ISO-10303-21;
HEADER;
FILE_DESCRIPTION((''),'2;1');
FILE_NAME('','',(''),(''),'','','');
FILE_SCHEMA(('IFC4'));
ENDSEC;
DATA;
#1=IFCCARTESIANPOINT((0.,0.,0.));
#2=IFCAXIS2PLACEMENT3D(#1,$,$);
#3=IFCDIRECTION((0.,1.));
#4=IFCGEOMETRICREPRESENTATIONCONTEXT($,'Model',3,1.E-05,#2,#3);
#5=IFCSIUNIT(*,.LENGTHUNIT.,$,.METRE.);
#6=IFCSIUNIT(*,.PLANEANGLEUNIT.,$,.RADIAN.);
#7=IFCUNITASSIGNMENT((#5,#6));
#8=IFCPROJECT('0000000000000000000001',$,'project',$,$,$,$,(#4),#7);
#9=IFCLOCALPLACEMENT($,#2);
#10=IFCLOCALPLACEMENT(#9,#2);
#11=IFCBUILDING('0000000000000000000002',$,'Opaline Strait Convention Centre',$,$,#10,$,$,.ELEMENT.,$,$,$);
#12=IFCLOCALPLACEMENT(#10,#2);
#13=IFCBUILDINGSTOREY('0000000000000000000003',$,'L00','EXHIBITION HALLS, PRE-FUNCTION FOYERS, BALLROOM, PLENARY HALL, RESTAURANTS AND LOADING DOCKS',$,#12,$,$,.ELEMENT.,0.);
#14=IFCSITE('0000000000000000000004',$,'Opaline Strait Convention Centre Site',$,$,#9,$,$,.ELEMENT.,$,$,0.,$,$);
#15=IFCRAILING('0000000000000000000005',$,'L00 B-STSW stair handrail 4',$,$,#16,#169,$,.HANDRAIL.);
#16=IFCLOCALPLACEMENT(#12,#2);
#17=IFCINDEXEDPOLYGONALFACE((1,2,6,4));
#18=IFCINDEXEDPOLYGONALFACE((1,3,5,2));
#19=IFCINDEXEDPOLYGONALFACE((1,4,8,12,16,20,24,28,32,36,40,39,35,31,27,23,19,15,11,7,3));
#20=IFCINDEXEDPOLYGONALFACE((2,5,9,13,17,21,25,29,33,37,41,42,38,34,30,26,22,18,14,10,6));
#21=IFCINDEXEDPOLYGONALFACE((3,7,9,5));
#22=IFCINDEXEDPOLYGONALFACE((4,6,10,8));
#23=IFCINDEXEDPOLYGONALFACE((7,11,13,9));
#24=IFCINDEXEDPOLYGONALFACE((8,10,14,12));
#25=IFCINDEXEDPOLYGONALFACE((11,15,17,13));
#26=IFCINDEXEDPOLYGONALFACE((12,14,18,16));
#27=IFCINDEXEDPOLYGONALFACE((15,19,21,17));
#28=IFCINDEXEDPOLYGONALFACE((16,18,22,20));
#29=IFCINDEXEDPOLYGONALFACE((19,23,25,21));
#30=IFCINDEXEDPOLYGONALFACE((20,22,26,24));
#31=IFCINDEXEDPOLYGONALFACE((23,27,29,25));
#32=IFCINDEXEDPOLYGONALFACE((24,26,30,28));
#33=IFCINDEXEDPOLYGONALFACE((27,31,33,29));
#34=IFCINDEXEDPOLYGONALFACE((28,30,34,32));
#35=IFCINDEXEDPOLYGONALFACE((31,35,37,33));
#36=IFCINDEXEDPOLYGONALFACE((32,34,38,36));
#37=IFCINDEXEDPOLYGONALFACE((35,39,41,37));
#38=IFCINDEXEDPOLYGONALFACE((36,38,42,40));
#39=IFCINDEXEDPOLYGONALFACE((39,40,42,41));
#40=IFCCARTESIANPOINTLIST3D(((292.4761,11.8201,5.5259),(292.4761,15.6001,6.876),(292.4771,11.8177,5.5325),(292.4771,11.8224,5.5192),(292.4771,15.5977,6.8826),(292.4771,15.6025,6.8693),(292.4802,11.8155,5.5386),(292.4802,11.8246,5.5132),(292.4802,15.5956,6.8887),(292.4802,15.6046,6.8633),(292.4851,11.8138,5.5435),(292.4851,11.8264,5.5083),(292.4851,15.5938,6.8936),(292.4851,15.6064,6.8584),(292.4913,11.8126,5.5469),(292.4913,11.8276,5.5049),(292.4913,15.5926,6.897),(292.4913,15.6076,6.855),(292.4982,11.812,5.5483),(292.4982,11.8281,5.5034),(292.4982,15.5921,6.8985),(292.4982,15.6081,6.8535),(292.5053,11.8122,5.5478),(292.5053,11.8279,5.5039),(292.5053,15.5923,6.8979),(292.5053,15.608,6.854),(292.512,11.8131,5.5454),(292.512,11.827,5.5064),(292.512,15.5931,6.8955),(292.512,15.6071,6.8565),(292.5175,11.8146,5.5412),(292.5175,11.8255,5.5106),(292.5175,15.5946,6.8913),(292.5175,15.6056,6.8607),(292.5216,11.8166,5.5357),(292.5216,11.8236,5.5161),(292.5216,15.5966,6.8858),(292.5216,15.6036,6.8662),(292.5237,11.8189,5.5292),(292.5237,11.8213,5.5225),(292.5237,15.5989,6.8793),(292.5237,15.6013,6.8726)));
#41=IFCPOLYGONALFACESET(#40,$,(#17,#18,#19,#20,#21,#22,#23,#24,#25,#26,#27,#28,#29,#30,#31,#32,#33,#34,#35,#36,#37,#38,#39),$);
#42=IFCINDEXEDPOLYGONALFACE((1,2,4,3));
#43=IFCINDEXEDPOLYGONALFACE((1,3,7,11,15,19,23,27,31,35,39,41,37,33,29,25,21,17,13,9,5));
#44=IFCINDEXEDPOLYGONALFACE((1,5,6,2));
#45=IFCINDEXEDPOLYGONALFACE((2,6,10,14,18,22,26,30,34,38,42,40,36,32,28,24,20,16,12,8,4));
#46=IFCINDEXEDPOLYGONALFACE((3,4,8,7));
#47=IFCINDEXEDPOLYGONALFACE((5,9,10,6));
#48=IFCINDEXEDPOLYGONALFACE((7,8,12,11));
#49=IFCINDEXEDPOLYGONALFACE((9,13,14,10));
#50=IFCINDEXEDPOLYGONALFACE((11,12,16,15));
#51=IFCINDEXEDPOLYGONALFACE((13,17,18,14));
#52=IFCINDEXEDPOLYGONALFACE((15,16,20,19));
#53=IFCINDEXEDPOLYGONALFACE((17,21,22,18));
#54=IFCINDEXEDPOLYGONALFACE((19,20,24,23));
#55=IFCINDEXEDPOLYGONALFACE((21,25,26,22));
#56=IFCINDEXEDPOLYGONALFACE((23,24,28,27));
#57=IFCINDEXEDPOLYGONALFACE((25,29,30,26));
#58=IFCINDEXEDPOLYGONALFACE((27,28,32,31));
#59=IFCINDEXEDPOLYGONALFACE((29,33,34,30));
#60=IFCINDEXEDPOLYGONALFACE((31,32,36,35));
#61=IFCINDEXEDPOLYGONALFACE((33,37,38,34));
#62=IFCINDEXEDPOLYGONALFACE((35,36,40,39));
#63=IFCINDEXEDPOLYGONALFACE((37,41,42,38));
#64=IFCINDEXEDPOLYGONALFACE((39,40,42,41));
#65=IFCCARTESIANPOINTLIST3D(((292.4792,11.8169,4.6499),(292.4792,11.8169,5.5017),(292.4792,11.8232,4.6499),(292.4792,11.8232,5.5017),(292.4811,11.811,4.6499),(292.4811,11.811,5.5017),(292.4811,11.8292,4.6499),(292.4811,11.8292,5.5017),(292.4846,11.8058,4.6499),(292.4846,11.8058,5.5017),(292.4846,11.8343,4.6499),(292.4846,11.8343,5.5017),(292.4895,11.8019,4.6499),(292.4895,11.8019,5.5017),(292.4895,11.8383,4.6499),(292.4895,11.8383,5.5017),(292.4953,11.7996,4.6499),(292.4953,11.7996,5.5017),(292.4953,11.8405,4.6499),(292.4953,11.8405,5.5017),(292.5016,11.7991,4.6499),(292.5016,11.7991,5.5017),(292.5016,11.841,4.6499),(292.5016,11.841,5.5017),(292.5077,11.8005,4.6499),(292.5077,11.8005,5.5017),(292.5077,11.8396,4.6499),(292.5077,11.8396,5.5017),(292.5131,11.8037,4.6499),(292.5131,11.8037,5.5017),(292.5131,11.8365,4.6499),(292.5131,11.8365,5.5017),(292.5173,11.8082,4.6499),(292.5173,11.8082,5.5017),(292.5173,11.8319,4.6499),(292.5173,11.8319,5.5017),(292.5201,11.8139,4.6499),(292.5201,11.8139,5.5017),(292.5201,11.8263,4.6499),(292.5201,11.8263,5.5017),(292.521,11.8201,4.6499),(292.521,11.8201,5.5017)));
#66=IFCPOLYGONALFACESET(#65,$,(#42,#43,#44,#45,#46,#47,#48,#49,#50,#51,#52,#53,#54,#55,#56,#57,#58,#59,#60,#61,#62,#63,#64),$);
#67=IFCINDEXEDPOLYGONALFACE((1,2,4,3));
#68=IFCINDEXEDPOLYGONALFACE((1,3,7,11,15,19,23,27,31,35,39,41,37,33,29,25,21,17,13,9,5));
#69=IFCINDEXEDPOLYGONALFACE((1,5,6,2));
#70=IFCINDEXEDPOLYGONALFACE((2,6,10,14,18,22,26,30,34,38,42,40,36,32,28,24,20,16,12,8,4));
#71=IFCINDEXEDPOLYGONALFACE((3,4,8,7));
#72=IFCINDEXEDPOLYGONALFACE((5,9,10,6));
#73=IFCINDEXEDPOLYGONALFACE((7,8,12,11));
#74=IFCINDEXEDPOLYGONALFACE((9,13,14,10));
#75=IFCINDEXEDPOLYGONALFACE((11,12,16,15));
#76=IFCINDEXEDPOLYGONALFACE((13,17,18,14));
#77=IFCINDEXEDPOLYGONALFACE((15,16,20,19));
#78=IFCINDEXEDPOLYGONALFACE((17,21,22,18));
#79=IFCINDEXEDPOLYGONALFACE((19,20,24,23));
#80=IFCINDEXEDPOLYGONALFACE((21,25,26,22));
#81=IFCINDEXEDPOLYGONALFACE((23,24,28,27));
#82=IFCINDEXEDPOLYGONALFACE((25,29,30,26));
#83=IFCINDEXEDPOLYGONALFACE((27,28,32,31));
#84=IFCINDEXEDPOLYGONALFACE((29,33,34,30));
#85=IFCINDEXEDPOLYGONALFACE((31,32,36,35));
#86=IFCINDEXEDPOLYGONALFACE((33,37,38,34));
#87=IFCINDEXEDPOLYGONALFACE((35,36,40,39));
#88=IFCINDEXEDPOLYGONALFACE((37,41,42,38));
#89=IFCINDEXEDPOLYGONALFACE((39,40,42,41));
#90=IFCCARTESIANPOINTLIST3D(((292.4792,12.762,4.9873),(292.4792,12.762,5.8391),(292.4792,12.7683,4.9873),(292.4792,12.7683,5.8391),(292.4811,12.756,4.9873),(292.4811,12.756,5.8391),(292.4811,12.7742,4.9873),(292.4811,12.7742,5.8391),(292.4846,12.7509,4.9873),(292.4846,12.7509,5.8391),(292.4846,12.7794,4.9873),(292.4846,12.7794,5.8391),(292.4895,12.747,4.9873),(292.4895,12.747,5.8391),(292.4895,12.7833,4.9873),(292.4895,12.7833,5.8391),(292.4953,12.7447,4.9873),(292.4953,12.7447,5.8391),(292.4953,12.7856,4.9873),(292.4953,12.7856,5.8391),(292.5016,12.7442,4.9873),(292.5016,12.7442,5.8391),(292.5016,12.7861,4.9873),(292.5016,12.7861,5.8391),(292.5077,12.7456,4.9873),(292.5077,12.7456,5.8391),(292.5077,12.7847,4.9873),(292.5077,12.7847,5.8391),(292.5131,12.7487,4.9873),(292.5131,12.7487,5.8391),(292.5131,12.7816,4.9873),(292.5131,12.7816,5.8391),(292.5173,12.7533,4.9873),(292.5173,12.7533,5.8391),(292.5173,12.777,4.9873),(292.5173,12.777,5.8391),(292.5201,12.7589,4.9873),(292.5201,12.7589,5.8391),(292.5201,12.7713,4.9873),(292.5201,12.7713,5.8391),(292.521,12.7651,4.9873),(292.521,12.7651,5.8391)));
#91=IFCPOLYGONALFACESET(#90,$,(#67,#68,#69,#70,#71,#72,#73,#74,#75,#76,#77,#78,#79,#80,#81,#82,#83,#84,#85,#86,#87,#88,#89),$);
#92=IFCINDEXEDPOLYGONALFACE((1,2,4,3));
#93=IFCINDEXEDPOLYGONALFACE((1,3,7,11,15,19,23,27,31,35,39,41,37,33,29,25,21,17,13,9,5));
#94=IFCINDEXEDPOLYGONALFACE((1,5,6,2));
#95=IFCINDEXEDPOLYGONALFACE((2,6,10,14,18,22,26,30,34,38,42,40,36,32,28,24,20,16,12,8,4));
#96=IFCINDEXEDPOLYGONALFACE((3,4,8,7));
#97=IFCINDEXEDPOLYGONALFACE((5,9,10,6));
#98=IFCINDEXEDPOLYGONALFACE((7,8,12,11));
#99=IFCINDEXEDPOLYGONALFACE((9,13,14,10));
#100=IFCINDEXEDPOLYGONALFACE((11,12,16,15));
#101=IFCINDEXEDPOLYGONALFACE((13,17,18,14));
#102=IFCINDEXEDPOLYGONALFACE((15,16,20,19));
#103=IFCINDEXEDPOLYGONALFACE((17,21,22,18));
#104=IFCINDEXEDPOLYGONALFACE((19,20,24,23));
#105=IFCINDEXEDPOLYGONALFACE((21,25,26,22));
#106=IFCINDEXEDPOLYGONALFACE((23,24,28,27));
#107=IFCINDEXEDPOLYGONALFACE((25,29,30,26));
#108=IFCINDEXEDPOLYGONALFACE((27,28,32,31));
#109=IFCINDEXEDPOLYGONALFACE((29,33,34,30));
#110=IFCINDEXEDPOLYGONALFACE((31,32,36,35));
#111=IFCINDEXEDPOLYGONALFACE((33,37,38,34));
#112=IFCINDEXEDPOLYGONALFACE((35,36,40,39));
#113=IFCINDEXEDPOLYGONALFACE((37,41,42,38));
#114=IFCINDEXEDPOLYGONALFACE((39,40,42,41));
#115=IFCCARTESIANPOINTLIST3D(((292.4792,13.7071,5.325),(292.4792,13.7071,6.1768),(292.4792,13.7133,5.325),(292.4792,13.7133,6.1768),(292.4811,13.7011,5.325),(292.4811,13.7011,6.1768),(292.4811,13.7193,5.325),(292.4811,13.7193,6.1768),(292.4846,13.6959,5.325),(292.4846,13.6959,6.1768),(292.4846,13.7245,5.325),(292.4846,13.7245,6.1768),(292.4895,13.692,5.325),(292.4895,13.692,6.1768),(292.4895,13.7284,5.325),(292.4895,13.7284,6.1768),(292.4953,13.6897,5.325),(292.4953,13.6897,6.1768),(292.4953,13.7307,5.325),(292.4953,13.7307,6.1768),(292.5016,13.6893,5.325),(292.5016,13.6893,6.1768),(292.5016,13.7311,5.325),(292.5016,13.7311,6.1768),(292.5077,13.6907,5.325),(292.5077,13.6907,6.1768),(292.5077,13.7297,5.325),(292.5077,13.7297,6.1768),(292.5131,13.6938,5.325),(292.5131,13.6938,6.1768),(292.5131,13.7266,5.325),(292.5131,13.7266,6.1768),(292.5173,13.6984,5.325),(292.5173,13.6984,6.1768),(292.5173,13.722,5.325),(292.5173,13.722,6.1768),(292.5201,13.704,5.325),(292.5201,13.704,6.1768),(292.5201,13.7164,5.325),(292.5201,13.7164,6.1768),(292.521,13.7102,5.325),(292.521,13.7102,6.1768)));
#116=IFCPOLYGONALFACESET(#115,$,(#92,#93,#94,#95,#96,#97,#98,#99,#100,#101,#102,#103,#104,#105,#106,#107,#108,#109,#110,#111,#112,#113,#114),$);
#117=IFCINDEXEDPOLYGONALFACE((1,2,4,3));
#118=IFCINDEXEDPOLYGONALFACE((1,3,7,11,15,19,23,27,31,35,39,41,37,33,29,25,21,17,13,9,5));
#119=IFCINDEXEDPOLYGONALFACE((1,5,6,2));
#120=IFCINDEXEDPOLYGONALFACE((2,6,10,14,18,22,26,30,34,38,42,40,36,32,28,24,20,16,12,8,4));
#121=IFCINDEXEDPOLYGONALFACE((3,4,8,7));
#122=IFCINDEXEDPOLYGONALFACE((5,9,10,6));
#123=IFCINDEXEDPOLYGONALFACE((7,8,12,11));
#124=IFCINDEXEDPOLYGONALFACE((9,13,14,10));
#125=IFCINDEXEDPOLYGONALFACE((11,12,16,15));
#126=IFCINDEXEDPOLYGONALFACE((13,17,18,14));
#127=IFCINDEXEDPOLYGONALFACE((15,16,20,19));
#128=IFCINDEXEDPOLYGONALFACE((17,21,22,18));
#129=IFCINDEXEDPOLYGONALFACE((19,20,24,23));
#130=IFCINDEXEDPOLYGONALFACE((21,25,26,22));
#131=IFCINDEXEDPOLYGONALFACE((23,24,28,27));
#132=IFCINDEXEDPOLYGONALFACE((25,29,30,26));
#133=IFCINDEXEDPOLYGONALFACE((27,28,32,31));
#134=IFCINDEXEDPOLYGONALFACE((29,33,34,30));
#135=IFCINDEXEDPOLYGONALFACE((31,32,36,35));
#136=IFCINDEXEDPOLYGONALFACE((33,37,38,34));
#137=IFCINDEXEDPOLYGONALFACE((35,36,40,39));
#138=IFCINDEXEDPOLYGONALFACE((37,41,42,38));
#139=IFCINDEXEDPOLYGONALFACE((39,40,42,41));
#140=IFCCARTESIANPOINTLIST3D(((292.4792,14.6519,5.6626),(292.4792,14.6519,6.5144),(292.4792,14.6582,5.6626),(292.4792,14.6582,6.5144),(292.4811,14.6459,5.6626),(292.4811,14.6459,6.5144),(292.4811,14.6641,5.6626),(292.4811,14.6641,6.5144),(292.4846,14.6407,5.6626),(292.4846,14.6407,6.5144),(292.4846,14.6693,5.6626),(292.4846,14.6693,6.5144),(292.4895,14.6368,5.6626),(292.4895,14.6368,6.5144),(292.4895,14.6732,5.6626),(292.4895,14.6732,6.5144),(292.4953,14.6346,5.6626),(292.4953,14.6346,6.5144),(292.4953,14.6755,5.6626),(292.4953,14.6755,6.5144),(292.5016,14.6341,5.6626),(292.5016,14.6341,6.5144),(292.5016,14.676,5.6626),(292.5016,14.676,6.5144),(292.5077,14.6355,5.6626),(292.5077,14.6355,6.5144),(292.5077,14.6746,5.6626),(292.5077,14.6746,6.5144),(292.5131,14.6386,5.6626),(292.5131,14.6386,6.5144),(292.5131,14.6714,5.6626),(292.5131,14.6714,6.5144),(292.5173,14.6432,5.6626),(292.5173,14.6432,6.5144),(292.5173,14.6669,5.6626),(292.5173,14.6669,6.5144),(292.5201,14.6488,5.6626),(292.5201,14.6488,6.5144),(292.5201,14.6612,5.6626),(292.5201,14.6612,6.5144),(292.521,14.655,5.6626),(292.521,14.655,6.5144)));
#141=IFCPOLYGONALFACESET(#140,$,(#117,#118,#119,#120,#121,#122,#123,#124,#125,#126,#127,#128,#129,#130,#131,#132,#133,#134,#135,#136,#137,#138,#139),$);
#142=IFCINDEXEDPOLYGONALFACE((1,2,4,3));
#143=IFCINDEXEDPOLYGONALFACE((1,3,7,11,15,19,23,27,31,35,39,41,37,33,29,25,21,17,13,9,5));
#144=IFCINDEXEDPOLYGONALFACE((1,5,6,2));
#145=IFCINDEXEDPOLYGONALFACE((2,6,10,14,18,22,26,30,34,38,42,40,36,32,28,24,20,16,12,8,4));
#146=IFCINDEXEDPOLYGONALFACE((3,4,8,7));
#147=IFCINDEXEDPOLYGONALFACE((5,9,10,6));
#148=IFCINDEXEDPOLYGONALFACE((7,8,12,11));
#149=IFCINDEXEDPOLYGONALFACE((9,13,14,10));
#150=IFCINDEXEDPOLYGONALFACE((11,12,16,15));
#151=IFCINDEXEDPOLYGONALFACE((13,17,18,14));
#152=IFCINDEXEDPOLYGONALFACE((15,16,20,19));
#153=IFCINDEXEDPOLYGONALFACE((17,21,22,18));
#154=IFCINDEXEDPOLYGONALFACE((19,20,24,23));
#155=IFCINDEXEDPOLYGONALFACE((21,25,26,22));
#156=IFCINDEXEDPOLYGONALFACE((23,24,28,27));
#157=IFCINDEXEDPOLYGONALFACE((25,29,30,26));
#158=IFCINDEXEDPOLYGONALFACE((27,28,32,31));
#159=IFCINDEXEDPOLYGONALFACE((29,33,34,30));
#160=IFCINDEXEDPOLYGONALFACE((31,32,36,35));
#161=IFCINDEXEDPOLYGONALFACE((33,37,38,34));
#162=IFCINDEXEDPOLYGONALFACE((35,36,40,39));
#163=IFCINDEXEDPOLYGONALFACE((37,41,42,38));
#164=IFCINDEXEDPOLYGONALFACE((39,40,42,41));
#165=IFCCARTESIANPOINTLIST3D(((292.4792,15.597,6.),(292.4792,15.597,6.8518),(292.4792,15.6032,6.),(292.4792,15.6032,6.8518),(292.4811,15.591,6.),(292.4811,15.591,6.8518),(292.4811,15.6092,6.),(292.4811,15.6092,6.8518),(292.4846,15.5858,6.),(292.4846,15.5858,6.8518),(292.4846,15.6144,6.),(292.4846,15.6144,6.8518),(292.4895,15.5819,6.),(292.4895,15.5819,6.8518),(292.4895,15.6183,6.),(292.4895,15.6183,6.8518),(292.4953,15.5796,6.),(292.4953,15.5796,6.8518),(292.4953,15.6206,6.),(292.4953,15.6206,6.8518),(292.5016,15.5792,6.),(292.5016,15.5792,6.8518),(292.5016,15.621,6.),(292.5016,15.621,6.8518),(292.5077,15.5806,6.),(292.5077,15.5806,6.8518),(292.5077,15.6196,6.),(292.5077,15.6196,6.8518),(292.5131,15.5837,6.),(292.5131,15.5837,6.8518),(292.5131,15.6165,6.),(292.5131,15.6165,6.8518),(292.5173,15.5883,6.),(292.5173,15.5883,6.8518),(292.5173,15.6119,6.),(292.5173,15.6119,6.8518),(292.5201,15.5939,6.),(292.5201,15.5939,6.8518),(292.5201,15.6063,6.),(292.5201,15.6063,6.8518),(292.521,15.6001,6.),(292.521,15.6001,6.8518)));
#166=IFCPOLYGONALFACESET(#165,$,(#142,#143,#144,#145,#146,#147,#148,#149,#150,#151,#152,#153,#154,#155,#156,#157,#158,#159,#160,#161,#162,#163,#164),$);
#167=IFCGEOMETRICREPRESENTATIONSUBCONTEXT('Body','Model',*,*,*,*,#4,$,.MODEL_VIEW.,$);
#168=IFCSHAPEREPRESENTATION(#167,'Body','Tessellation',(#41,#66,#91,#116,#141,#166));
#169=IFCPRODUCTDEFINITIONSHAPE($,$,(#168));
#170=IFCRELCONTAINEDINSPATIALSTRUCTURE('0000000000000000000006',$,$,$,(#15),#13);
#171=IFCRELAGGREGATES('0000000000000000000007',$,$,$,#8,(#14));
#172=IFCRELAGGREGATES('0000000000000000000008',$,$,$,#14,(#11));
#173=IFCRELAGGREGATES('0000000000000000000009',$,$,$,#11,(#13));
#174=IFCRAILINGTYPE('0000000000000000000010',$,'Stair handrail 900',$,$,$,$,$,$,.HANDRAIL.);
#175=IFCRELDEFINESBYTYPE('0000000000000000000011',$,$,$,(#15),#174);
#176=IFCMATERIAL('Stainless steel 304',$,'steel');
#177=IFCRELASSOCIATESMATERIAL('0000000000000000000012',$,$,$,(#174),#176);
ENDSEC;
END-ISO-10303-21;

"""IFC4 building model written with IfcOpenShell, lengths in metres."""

from ifc_helpers import new_model, si_unit, direction, frame, origin, origin_2d, place, context, subcontext, project, spatial, circle, extrude, material, type_object, element, save


model = new_model("IFC4")

# Units and contexts
model_context = context("Model", 3, precision=1e-05, world=origin(), true_north=direction((0.0, 1.0)))
body_context = subcontext(model_context, "Body", "Model", "MODEL_VIEW")
ifc_project = project(units=[si_unit("LENGTHUNIT", "METRE"), si_unit("PLANEANGLEUNIT", "RADIAN")], contexts=[model_context])

# Site, building, storey
site_placement = place(None, origin())
site = spatial("IfcSite", under=ifc_project, at=site_placement, Name="Opaline Strait Convention Centre Site", CompositionType="ELEMENT", RefElevation=0.0)
building_placement = place(site_placement, origin())
building = spatial("IfcBuilding", under=site, at=building_placement, Name="Opaline Strait Convention Centre", CompositionType="ELEMENT")
storey_placement = place(building_placement, origin())
storey = spatial("IfcBuildingStorey", under=building, at=storey_placement, Name="L00", Description="EXHIBITION HALLS, PRE-FUNCTION FOYERS, BALLROOM, PLENARY HALL, RESTAURANTS AND LOADING DOCKS", CompositionType="ELEMENT", Elevation=0.0)

# Railing
ifc_material_1 = material(Name="Stainless steel 304", Category="steel")
railing_type_1 = type_object("IfcRailingType", Name="Stair handrail 900", PredefinedType="HANDRAIL", material=ifc_material_1)
railing_1_placement = place(storey_placement, frame((292.5, 11.8201, 4.6499)))
element("IfcRailing", 1, at=railing_1_placement, inside=storey, type_object=railing_type_1, Name="L00 B-STSW stair handrail 4", PredefinedType="HANDRAIL", context=body_context, shape_type="SweptSolid", body=[
    extrude(circle(Radius=0.0239, at=origin_2d()), frame((0.0, 0.0, 0.876), z_axis=(0.0, 0.941735, 0.336356), x_axis=(-1.0, 0.0, 0.0)), (0.0, 0.0, 1.0), 4.0139),
    extrude(circle(Radius=0.021, at=origin_2d()), origin(), (0.0, 0.0, 1.0), 0.8518),
    extrude(circle(Radius=0.021, at=origin_2d()), frame((0.0, 0.9451, 0.3374)), (0.0, 0.0, 1.0), 0.8518),
    extrude(circle(Radius=0.021, at=origin_2d()), frame((0.0, 1.8901, 0.675)), (0.0, 0.0, 1.0), 0.8518),
    extrude(circle(Radius=0.021, at=origin_2d()), frame((0.0, 2.835, 1.0127)), (0.0, 0.0, 1.0), 0.8518),
    extrude(circle(Radius=0.021, at=origin_2d()), frame((0.0, 3.78, 1.3501)), (0.0, 0.0, 1.0), 0.8518),
])

save(model, "model.ifc")
